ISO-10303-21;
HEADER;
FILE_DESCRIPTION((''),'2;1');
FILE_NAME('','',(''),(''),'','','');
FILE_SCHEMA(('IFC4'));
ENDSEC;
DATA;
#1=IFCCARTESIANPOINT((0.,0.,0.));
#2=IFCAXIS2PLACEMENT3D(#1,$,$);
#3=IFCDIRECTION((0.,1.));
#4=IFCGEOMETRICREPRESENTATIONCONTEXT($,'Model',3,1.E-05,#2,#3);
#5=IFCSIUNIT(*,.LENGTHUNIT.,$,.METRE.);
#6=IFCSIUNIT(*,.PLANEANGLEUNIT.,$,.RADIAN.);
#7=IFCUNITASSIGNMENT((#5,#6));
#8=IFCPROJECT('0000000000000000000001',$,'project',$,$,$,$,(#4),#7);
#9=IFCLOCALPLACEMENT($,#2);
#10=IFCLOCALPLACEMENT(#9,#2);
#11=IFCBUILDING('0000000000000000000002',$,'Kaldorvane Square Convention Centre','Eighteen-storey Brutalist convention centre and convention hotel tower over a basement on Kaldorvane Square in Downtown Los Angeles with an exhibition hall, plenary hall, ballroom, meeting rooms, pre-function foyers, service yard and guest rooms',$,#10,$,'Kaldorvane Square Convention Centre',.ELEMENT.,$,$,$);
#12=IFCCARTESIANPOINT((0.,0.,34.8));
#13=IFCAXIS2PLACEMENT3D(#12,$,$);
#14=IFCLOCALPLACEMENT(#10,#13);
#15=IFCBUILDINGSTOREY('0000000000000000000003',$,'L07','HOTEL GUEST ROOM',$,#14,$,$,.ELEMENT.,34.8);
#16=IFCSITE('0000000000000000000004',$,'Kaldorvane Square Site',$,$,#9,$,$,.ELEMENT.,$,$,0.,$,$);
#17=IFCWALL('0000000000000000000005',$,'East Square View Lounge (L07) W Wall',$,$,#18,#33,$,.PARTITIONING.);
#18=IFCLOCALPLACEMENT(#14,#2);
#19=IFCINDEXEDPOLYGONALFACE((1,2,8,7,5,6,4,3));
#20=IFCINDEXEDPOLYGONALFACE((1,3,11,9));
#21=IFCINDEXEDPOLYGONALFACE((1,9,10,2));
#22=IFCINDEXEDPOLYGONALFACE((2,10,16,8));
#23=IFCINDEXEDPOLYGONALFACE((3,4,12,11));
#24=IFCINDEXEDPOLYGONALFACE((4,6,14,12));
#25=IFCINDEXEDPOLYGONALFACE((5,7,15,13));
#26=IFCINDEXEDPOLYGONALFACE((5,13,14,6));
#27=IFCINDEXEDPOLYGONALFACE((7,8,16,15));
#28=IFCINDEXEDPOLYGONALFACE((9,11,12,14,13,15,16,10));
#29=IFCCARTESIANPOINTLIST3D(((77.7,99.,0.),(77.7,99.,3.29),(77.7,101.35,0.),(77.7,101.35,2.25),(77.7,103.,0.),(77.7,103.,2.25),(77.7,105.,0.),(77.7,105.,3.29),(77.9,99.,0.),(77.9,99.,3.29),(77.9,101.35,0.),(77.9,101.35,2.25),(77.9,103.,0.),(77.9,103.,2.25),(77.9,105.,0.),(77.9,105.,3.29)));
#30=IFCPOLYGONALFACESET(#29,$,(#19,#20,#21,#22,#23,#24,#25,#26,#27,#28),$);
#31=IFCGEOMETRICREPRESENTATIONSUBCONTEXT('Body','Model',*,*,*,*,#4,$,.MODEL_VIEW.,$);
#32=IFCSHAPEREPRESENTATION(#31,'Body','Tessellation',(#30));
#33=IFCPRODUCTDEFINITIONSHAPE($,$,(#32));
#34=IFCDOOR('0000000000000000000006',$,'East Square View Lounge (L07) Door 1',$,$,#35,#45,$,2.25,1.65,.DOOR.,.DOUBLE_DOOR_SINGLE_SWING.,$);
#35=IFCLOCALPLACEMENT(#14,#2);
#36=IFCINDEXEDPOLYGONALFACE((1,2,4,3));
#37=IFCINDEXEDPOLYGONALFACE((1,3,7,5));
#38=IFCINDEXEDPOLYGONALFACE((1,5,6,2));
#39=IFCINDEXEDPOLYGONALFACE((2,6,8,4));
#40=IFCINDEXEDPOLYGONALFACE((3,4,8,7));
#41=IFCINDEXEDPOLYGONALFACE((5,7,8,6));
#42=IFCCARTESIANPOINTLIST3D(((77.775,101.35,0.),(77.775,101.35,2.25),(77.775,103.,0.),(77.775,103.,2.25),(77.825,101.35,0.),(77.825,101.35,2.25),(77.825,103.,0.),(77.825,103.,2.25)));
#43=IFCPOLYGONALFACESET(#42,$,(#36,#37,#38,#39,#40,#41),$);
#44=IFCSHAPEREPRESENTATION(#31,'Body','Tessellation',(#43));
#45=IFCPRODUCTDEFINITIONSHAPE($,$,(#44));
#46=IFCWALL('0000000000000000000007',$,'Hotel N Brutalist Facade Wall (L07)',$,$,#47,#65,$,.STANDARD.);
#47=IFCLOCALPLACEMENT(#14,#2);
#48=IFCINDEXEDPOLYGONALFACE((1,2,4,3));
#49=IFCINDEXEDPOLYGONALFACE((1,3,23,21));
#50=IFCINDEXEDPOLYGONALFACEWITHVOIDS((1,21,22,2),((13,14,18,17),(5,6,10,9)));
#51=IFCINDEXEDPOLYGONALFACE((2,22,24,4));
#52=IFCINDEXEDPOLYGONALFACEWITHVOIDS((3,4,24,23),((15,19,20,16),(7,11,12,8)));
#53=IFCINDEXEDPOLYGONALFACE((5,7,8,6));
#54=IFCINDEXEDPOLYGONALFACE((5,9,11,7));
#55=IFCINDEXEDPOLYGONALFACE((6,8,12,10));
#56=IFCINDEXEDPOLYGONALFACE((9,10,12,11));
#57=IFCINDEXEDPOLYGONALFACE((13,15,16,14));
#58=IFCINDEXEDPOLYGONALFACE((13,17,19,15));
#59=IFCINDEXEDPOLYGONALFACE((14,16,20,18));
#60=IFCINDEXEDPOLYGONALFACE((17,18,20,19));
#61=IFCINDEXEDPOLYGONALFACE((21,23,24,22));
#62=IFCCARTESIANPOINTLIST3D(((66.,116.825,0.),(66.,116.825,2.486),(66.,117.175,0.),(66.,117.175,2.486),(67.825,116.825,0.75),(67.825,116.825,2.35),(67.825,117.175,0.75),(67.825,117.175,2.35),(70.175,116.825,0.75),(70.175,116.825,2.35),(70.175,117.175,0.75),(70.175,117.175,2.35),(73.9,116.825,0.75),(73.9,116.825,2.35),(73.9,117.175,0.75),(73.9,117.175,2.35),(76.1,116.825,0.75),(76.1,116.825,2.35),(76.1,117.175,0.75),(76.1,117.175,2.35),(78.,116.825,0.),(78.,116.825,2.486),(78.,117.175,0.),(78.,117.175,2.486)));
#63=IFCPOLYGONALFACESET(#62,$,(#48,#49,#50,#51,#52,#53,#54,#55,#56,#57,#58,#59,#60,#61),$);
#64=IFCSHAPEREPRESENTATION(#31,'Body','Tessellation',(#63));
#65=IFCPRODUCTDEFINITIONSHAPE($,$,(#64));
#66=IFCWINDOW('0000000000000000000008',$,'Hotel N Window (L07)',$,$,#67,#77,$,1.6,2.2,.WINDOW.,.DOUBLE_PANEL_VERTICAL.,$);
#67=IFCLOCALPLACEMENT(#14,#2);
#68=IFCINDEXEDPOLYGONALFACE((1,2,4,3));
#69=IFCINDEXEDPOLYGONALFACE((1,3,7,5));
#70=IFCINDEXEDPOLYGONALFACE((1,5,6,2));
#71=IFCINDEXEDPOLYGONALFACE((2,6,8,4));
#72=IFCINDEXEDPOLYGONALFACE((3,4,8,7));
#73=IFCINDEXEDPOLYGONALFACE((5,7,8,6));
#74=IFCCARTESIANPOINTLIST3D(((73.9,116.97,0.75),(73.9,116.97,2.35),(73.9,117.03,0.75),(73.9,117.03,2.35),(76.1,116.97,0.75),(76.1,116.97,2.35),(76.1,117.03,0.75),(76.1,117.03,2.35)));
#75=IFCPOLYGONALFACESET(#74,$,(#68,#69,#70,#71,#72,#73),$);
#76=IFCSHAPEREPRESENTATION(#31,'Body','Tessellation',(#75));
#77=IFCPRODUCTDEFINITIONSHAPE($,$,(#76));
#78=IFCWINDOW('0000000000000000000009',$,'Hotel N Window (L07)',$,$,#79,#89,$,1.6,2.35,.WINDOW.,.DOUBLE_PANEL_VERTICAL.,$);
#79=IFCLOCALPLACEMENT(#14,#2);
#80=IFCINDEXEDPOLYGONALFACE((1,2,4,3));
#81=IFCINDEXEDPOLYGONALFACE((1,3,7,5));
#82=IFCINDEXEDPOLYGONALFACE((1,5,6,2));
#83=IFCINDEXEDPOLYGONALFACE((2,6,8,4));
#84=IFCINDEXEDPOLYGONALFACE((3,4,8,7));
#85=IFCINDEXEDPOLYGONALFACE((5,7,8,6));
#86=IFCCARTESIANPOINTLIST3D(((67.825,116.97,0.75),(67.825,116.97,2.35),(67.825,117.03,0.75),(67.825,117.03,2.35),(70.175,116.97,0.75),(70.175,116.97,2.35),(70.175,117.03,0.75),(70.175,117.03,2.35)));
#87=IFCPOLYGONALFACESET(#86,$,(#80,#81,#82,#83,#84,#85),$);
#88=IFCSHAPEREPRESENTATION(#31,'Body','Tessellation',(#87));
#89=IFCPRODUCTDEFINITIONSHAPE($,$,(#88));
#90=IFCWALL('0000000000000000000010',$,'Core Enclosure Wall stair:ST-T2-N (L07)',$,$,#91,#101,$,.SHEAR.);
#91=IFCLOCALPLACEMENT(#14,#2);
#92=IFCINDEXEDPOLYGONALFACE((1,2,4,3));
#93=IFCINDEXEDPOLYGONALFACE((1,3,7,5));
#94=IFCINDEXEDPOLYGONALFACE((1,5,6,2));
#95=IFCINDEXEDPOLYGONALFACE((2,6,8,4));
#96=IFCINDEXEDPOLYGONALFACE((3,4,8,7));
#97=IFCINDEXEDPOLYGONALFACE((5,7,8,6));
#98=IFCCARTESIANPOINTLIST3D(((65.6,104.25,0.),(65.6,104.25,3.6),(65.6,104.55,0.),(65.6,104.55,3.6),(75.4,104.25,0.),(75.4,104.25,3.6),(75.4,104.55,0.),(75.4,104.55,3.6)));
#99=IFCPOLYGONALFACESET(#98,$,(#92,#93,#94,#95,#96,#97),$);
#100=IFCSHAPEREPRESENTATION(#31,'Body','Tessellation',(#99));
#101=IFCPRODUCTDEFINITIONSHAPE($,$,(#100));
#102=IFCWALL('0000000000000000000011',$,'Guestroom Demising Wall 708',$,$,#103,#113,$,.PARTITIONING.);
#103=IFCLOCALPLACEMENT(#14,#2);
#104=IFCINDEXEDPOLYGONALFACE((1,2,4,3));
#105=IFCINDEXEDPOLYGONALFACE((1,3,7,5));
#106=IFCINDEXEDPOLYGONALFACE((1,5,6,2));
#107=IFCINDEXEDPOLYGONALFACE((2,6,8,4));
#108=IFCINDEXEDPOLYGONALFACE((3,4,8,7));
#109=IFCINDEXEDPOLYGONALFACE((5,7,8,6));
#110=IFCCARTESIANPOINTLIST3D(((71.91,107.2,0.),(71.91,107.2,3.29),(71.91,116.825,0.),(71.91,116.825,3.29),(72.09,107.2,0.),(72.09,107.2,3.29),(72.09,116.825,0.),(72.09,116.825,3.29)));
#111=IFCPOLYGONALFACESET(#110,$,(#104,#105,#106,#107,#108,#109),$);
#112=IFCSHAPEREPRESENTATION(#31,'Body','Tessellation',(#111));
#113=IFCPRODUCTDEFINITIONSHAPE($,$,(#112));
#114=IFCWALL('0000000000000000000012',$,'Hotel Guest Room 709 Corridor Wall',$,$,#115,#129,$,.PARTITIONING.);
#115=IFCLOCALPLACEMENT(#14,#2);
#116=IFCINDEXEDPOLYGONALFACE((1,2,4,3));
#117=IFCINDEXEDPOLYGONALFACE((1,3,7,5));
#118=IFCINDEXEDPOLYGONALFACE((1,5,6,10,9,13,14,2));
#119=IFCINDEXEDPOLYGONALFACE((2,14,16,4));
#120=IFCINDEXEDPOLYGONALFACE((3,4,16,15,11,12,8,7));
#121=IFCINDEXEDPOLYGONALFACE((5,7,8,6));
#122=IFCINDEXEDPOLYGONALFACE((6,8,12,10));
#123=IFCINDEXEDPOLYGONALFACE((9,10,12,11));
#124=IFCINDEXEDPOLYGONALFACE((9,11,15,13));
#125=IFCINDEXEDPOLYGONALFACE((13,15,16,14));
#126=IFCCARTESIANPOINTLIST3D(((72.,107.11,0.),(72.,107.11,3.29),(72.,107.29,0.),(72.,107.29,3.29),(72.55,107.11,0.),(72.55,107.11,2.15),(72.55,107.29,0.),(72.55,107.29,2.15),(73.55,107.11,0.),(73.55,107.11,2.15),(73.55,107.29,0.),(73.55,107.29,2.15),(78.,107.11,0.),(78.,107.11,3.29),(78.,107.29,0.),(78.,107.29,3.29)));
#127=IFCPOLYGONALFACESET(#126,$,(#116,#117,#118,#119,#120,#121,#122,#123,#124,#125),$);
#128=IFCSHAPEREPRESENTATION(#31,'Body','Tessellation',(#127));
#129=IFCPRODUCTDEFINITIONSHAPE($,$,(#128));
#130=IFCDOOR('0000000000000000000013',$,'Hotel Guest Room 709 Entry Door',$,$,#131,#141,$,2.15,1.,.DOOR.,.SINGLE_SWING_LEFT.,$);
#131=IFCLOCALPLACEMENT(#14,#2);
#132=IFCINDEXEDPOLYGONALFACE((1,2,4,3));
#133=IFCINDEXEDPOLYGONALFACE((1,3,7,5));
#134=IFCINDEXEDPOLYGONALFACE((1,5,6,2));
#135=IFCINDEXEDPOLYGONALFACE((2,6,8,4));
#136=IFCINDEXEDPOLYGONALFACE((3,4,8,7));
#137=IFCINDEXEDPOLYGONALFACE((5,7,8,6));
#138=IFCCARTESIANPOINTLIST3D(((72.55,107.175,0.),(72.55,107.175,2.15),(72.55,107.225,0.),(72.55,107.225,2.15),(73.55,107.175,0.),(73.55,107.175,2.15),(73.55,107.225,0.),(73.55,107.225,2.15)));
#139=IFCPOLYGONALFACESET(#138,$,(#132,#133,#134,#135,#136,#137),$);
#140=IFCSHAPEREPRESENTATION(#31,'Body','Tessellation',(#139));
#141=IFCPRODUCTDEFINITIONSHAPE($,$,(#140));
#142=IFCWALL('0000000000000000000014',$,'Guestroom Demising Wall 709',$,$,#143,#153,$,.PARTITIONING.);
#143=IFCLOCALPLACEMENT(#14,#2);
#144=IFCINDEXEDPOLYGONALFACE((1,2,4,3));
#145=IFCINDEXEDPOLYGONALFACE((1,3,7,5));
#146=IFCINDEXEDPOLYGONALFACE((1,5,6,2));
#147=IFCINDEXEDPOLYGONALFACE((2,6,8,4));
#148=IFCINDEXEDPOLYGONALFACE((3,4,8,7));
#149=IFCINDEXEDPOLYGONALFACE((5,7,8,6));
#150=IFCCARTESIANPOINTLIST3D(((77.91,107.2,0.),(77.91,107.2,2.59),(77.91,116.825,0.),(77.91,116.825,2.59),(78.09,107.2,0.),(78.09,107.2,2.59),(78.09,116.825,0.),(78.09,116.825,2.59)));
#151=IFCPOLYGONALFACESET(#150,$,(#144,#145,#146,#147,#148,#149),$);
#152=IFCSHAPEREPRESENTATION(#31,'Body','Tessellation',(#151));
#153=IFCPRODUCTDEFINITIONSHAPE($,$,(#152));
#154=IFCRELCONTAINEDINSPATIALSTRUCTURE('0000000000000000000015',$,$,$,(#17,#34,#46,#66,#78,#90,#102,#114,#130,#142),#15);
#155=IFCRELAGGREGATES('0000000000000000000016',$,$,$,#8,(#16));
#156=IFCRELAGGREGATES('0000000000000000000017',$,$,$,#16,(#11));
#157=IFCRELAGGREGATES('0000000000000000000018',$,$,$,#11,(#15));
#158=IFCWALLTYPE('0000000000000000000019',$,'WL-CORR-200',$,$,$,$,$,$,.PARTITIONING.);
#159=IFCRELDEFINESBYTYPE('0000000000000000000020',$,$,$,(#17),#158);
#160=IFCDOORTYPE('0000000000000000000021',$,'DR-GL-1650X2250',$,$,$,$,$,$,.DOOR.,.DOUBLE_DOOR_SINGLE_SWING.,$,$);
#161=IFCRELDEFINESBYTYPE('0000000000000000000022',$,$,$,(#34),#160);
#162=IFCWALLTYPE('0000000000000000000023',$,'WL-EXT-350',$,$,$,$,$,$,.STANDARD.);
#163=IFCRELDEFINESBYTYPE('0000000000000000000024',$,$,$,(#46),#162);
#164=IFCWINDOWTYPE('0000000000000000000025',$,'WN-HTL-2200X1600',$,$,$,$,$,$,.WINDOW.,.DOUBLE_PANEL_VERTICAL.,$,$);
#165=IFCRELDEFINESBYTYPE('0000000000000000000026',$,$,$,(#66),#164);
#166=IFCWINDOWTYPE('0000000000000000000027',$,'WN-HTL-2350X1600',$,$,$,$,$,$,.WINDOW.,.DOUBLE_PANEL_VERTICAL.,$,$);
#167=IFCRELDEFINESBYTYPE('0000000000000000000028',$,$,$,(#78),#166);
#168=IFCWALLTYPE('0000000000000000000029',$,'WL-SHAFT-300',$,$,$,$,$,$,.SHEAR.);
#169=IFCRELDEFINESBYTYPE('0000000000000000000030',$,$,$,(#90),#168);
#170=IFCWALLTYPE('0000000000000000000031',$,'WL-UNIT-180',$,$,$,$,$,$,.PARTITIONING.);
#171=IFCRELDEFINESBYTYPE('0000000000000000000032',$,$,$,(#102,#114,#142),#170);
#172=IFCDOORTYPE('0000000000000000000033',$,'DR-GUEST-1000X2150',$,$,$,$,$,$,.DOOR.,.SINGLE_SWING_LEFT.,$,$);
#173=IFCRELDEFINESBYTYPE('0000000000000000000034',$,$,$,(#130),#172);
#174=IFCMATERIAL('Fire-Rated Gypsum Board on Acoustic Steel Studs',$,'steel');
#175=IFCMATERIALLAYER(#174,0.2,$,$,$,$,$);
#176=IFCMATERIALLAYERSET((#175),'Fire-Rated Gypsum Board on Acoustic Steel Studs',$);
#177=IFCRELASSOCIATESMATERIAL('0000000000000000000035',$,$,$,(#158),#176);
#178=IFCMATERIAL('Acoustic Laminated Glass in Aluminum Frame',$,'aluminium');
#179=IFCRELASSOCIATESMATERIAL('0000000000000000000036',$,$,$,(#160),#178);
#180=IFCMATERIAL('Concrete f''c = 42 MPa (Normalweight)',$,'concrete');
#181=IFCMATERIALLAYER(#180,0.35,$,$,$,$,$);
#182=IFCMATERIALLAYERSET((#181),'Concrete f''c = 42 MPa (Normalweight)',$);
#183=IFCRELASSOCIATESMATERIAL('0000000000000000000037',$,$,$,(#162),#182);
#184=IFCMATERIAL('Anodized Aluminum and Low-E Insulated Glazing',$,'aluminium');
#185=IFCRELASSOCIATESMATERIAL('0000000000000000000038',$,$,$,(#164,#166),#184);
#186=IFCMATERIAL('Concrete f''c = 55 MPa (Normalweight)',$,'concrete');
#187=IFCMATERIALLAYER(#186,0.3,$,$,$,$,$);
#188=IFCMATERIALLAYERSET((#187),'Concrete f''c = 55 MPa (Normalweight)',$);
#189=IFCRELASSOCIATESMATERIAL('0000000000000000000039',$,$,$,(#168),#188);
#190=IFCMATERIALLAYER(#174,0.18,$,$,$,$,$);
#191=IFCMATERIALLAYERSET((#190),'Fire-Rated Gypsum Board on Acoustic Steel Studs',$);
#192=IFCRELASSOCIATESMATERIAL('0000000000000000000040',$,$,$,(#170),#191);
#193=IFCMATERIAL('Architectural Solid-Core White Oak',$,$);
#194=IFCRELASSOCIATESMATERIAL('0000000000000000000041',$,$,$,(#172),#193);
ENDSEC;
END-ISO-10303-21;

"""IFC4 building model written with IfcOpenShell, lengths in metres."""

from ifc_helpers import new_model, si_unit, direction, frame, frame_2d, origin, place, context, subcontext, project, spatial, rectangle, extrude, material, layer, layer_set, type_object, element, fill, save


model = new_model("IFC4")

# Units and contexts
model_context = context("Model", 3, precision=1e-05, world=origin(), true_north=direction((0.0, 1.0)))
body_context = subcontext(model_context, "Body", "Model", "MODEL_VIEW")
ifc_project = project(units=[si_unit("LENGTHUNIT", "METRE"), si_unit("PLANEANGLEUNIT", "RADIAN")], contexts=[model_context])

# Site, building, storey
site_placement = place(None, origin())
site = spatial("IfcSite", under=ifc_project, at=site_placement, Name="Kaldorvane Square Site", CompositionType="ELEMENT", RefElevation=0.0)
building_placement = place(site_placement, origin())
building = spatial("IfcBuilding", under=site, at=building_placement, Name="Kaldorvane Square Convention Centre", Description="Eighteen-storey Brutalist convention centre and convention hotel tower over a basement on Kaldorvane Square in Downtown Los Angeles with an exhibition hall, plenary hall, ballroom, meeting rooms, pre-function foyers, service yard and guest rooms", LongName="Kaldorvane Square Convention Centre", CompositionType="ELEMENT")
storey_placement = place(building_placement, frame((0.0, 0.0, 34.8)))
storey = spatial("IfcBuildingStorey", under=building, at=storey_placement, Name="L07", Description="HOTEL GUEST ROOM", CompositionType="ELEMENT", Elevation=34.8)

# Shared definitions
ifc_material_1 = material(Name="Concrete f'c = 55 MPa (Normalweight)", Category="concrete")

# Shared definitions
ifc_material_2 = material(Name="Concrete f'c = 42 MPa (Normalweight)", Category="concrete")

# Shared definitions
ifc_material_3 = material(Name="Fire-Rated Gypsum Board on Acoustic Steel Studs", Category="steel")
ifc_material_4 = material(Name="Architectural Solid-Core White Oak")

# Wall, opening, door
ifc_layer_1 = layer(ifc_material_3, 0.2)
ifc_layer_set_1 = layer_set([ifc_layer_1], Name="Fire-Rated Gypsum Board on Acoustic Steel Studs")
wall_type_1 = type_object("IfcWallType", Name="WL-CORR-200", PredefinedType="PARTITIONING", material=ifc_layer_set_1)
wall_1_placement = place(storey_placement, frame((77.8, 105.0, 0.0), z_axis=(0.0, 0.0, 1.0), x_axis=(0.0, -1.0, 0.0)))
wall_1 = element("IfcWall", 1, at=wall_1_placement, inside=storey, type_object=wall_type_1, Name="East Square View Lounge (L07) W Wall", PredefinedType="PARTITIONING", context=body_context, shape_type="SweptSolid", body=[
    extrude(rectangle(XDim=6.0, YDim=0.2, at=frame_2d((3.0, 0.0))), origin(), (0.0, 0.0, 1.0), 3.29),
])
opening_1_placement = place(wall_1_placement, frame((2.0, 0.0, 0.0)))
opening_1 = element("IfcOpeningElement", 2, at=opening_1_placement, cuts=wall_1, PredefinedType="OPENING", context=body_context, shape_type="SweptSolid", body=[
    extrude(rectangle(XDim=1.65, YDim=2.25, at=frame_2d((0.825, 1.125))), frame((0.0, 0.115, 0.0), z_axis=(0.0, -1.0, 0.0), x_axis=(1.0, 0.0, 0.0)), (0.0, 0.0, 1.0), 0.23),
])
ifc_material_5 = material(Name="Acoustic Laminated Glass in Aluminum Frame", Category="aluminium")
door_type_1 = type_object("IfcDoorType", Name="DR-GL-1650X2250", OperationType="DOUBLE_DOOR_SINGLE_SWING", PredefinedType="DOOR", material=ifc_material_5)
door_1_placement = place(opening_1_placement, origin())
door_1 = element("IfcDoor", 3, at=door_1_placement, inside=storey, type_object=door_type_1, Name="East Square View Lounge (L07) Door 1", OperationType="DOUBLE_DOOR_SINGLE_SWING", OverallHeight=2.25, OverallWidth=1.65, PredefinedType="DOOR", context=body_context, shape_type="SweptSolid", body=[
    extrude(rectangle(XDim=1.65, YDim=2.25, at=frame_2d((0.825, 1.125))), frame((0.0, 0.025, 0.0), z_axis=(0.0, -1.0, 0.0), x_axis=(1.0, 0.0, 0.0)), (0.0, 0.0, 1.0), 0.05),
])
fill(opening_1, door_1)

# Wall, openings, windows
ifc_layer_2 = layer(ifc_material_2, 0.35)
ifc_layer_set_2 = layer_set([ifc_layer_2], Name="Concrete f'c = 42 MPa (Normalweight)")
wall_type_2 = type_object("IfcWallType", Name="WL-EXT-350", PredefinedType="STANDARD", material=ifc_layer_set_2)
wall_2_placement = place(storey_placement, frame((78.0, 117.0, 0.0), z_axis=(0.0, 0.0, 1.0), x_axis=(-1.0, 0.0, 0.0)))
wall_2 = element("IfcWall", 4, at=wall_2_placement, inside=storey, type_object=wall_type_2, Name="Hotel N Brutalist Facade Wall (L07)", PredefinedType="STANDARD", context=body_context, shape_type="SweptSolid", body=[
    extrude(rectangle(XDim=12.0, YDim=0.35, at=frame_2d((6.0, 0.0))), origin(), (0.0, 0.0, 1.0), 2.486),
])
opening_2_placement = place(wall_2_placement, frame((1.9, 0.0, 0.75)))
opening_2 = element("IfcOpeningElement", 5, at=opening_2_placement, cuts=wall_2, PredefinedType="OPENING", context=body_context, shape_type="SweptSolid", body=[
    extrude(rectangle(XDim=2.2, YDim=1.6, at=frame_2d((1.1, 0.8))), frame((0.0, 0.19, 0.0), z_axis=(0.0, -1.0, 0.0), x_axis=(1.0, 0.0, 0.0)), (0.0, 0.0, 1.0), 0.38),
])
opening_3_placement = place(wall_2_placement, frame((7.825, 0.0, 0.75)))
opening_3 = element("IfcOpeningElement", 6, at=opening_3_placement, cuts=wall_2, PredefinedType="OPENING", context=body_context, shape_type="SweptSolid", body=[
    extrude(rectangle(XDim=2.35, YDim=1.6, at=frame_2d((1.175, 0.8))), frame((0.0, 0.19, 0.0), z_axis=(0.0, -1.0, 0.0), x_axis=(1.0, 0.0, 0.0)), (0.0, 0.0, 1.0), 0.38),
])
ifc_material_6 = material(Name="Anodized Aluminum and Low-E Insulated Glazing", Category="aluminium")
window_type_1 = type_object("IfcWindowType", Name="WN-HTL-2200X1600", PartitioningType="DOUBLE_PANEL_VERTICAL", PredefinedType="WINDOW", material=ifc_material_6)
window_1_placement = place(opening_2_placement, origin())
window_1 = element("IfcWindow", 7, at=window_1_placement, inside=storey, type_object=window_type_1, Name="Hotel N Window (L07)", OverallHeight=1.6, OverallWidth=2.2, PartitioningType="DOUBLE_PANEL_VERTICAL", PredefinedType="WINDOW", context=body_context, shape_type="SweptSolid", body=[
    extrude(rectangle(XDim=2.2, YDim=1.6, at=frame_2d((1.1, 0.8))), frame((0.0, 0.03, 0.0), z_axis=(0.0, -1.0, 0.0), x_axis=(1.0, 0.0, 0.0)), (0.0, 0.0, 1.0), 0.06),
])
fill(opening_2, window_1)
window_type_2 = type_object("IfcWindowType", Name="WN-HTL-2350X1600", PartitioningType="DOUBLE_PANEL_VERTICAL", PredefinedType="WINDOW", material=ifc_material_6)
window_2_placement = place(opening_3_placement, origin())
window_2 = element("IfcWindow", 8, at=window_2_placement, inside=storey, type_object=window_type_2, Name="Hotel N Window (L07)", OverallHeight=1.6, OverallWidth=2.35, PartitioningType="DOUBLE_PANEL_VERTICAL", PredefinedType="WINDOW", context=body_context, shape_type="SweptSolid", body=[
    extrude(rectangle(XDim=2.35, YDim=1.6, at=frame_2d((1.175, 0.8))), frame((0.0, 0.03, 0.0), z_axis=(0.0, -1.0, 0.0), x_axis=(1.0, 0.0, 0.0)), (0.0, 0.0, 1.0), 0.06),
])
fill(opening_3, window_2)

# Walls
ifc_layer_3 = layer(ifc_material_1, 0.3)
ifc_layer_set_3 = layer_set([ifc_layer_3], Name="Concrete f'c = 55 MPa (Normalweight)")
wall_type_3 = type_object("IfcWallType", Name="WL-SHAFT-300", PredefinedType="SHEAR", material=ifc_layer_set_3)
wall_3_placement = place(storey_placement, frame((75.4, 104.4, 0.0), z_axis=(0.0, 0.0, 1.0), x_axis=(-1.0, 0.0, 0.0)))
element("IfcWall", 9, at=wall_3_placement, inside=storey, type_object=wall_type_3, Name="Core Enclosure Wall stair:ST-T2-N (L07)", PredefinedType="SHEAR", context=body_context, shape_type="SweptSolid", body=[
    extrude(rectangle(XDim=9.8, YDim=0.3, at=frame_2d((4.9, 0.0))), origin(), (0.0, 0.0, 1.0), 3.6),
])
ifc_layer_4 = layer(ifc_material_3, 0.18)
ifc_layer_set_4 = layer_set([ifc_layer_4], Name="Fire-Rated Gypsum Board on Acoustic Steel Studs")
wall_type_4 = type_object("IfcWallType", Name="WL-UNIT-180", PredefinedType="PARTITIONING", material=ifc_layer_set_4)
wall_4_placement = place(storey_placement, frame((72.0, 107.2, 0.0), z_axis=(0.0, 0.0, 1.0), x_axis=(0.0, 1.0, 0.0)))
element("IfcWall", 10, at=wall_4_placement, inside=storey, type_object=wall_type_4, Name="Guestroom Demising Wall 708", PredefinedType="PARTITIONING", context=body_context, shape_type="SweptSolid", body=[
    extrude(rectangle(XDim=9.625, YDim=0.18, at=frame_2d((4.8125, 0.0))), origin(), (0.0, 0.0, 1.0), 3.29),
])

# Wall, opening, door
wall_5_placement = place(storey_placement, frame((72.0, 107.2, 0.0), z_axis=(0.0, 0.0, 1.0), x_axis=(1.0, 0.0, 0.0)))
wall_5 = element("IfcWall", 11, at=wall_5_placement, inside=storey, type_object=wall_type_4, Name="Hotel Guest Room 709 Corridor Wall", PredefinedType="PARTITIONING", context=body_context, shape_type="SweptSolid", body=[
    extrude(rectangle(XDim=6.0, YDim=0.18, at=frame_2d((3.0, 0.0))), origin(), (0.0, 0.0, 1.0), 3.29),
])
opening_4_placement = place(wall_5_placement, frame((0.55, 0.0, 0.0)))
opening_4 = element("IfcOpeningElement", 12, at=opening_4_placement, cuts=wall_5, PredefinedType="OPENING", context=body_context, shape_type="SweptSolid", body=[
    extrude(rectangle(XDim=1.0, YDim=2.15, at=frame_2d((0.5, 1.075))), frame((0.0, 0.105, 0.0), z_axis=(0.0, -1.0, 0.0), x_axis=(1.0, 0.0, 0.0)), (0.0, 0.0, 1.0), 0.21),
])
door_type_2 = type_object("IfcDoorType", Name="DR-GUEST-1000X2150", OperationType="SINGLE_SWING_LEFT", PredefinedType="DOOR", material=ifc_material_4)
door_2_placement = place(opening_4_placement, origin())
door_2 = element("IfcDoor", 13, at=door_2_placement, inside=storey, type_object=door_type_2, Name="Hotel Guest Room 709 Entry Door", OperationType="SINGLE_SWING_LEFT", OverallHeight=2.15, OverallWidth=1.0, PredefinedType="DOOR", context=body_context, shape_type="SweptSolid", body=[
    extrude(rectangle(XDim=1.0, YDim=2.15, at=frame_2d((0.5, 1.075))), frame((0.0, 0.025, 0.0), z_axis=(0.0, -1.0, 0.0), x_axis=(1.0, 0.0, 0.0)), (0.0, 0.0, 1.0), 0.05),
])
fill(opening_4, door_2)

# Wall
wall_6_placement = place(storey_placement, frame((78.0, 107.2, 0.0), z_axis=(0.0, 0.0, 1.0), x_axis=(0.0, 1.0, 0.0)))
element("IfcWall", 14, at=wall_6_placement, inside=storey, type_object=wall_type_4, Name="Guestroom Demising Wall 709", PredefinedType="PARTITIONING", context=body_context, shape_type="SweptSolid", body=[
    extrude(rectangle(XDim=9.625, YDim=0.18, at=frame_2d((4.8125, 0.0))), origin(), (0.0, 0.0, 1.0), 2.59),
])

save(model, "model.ifc")
